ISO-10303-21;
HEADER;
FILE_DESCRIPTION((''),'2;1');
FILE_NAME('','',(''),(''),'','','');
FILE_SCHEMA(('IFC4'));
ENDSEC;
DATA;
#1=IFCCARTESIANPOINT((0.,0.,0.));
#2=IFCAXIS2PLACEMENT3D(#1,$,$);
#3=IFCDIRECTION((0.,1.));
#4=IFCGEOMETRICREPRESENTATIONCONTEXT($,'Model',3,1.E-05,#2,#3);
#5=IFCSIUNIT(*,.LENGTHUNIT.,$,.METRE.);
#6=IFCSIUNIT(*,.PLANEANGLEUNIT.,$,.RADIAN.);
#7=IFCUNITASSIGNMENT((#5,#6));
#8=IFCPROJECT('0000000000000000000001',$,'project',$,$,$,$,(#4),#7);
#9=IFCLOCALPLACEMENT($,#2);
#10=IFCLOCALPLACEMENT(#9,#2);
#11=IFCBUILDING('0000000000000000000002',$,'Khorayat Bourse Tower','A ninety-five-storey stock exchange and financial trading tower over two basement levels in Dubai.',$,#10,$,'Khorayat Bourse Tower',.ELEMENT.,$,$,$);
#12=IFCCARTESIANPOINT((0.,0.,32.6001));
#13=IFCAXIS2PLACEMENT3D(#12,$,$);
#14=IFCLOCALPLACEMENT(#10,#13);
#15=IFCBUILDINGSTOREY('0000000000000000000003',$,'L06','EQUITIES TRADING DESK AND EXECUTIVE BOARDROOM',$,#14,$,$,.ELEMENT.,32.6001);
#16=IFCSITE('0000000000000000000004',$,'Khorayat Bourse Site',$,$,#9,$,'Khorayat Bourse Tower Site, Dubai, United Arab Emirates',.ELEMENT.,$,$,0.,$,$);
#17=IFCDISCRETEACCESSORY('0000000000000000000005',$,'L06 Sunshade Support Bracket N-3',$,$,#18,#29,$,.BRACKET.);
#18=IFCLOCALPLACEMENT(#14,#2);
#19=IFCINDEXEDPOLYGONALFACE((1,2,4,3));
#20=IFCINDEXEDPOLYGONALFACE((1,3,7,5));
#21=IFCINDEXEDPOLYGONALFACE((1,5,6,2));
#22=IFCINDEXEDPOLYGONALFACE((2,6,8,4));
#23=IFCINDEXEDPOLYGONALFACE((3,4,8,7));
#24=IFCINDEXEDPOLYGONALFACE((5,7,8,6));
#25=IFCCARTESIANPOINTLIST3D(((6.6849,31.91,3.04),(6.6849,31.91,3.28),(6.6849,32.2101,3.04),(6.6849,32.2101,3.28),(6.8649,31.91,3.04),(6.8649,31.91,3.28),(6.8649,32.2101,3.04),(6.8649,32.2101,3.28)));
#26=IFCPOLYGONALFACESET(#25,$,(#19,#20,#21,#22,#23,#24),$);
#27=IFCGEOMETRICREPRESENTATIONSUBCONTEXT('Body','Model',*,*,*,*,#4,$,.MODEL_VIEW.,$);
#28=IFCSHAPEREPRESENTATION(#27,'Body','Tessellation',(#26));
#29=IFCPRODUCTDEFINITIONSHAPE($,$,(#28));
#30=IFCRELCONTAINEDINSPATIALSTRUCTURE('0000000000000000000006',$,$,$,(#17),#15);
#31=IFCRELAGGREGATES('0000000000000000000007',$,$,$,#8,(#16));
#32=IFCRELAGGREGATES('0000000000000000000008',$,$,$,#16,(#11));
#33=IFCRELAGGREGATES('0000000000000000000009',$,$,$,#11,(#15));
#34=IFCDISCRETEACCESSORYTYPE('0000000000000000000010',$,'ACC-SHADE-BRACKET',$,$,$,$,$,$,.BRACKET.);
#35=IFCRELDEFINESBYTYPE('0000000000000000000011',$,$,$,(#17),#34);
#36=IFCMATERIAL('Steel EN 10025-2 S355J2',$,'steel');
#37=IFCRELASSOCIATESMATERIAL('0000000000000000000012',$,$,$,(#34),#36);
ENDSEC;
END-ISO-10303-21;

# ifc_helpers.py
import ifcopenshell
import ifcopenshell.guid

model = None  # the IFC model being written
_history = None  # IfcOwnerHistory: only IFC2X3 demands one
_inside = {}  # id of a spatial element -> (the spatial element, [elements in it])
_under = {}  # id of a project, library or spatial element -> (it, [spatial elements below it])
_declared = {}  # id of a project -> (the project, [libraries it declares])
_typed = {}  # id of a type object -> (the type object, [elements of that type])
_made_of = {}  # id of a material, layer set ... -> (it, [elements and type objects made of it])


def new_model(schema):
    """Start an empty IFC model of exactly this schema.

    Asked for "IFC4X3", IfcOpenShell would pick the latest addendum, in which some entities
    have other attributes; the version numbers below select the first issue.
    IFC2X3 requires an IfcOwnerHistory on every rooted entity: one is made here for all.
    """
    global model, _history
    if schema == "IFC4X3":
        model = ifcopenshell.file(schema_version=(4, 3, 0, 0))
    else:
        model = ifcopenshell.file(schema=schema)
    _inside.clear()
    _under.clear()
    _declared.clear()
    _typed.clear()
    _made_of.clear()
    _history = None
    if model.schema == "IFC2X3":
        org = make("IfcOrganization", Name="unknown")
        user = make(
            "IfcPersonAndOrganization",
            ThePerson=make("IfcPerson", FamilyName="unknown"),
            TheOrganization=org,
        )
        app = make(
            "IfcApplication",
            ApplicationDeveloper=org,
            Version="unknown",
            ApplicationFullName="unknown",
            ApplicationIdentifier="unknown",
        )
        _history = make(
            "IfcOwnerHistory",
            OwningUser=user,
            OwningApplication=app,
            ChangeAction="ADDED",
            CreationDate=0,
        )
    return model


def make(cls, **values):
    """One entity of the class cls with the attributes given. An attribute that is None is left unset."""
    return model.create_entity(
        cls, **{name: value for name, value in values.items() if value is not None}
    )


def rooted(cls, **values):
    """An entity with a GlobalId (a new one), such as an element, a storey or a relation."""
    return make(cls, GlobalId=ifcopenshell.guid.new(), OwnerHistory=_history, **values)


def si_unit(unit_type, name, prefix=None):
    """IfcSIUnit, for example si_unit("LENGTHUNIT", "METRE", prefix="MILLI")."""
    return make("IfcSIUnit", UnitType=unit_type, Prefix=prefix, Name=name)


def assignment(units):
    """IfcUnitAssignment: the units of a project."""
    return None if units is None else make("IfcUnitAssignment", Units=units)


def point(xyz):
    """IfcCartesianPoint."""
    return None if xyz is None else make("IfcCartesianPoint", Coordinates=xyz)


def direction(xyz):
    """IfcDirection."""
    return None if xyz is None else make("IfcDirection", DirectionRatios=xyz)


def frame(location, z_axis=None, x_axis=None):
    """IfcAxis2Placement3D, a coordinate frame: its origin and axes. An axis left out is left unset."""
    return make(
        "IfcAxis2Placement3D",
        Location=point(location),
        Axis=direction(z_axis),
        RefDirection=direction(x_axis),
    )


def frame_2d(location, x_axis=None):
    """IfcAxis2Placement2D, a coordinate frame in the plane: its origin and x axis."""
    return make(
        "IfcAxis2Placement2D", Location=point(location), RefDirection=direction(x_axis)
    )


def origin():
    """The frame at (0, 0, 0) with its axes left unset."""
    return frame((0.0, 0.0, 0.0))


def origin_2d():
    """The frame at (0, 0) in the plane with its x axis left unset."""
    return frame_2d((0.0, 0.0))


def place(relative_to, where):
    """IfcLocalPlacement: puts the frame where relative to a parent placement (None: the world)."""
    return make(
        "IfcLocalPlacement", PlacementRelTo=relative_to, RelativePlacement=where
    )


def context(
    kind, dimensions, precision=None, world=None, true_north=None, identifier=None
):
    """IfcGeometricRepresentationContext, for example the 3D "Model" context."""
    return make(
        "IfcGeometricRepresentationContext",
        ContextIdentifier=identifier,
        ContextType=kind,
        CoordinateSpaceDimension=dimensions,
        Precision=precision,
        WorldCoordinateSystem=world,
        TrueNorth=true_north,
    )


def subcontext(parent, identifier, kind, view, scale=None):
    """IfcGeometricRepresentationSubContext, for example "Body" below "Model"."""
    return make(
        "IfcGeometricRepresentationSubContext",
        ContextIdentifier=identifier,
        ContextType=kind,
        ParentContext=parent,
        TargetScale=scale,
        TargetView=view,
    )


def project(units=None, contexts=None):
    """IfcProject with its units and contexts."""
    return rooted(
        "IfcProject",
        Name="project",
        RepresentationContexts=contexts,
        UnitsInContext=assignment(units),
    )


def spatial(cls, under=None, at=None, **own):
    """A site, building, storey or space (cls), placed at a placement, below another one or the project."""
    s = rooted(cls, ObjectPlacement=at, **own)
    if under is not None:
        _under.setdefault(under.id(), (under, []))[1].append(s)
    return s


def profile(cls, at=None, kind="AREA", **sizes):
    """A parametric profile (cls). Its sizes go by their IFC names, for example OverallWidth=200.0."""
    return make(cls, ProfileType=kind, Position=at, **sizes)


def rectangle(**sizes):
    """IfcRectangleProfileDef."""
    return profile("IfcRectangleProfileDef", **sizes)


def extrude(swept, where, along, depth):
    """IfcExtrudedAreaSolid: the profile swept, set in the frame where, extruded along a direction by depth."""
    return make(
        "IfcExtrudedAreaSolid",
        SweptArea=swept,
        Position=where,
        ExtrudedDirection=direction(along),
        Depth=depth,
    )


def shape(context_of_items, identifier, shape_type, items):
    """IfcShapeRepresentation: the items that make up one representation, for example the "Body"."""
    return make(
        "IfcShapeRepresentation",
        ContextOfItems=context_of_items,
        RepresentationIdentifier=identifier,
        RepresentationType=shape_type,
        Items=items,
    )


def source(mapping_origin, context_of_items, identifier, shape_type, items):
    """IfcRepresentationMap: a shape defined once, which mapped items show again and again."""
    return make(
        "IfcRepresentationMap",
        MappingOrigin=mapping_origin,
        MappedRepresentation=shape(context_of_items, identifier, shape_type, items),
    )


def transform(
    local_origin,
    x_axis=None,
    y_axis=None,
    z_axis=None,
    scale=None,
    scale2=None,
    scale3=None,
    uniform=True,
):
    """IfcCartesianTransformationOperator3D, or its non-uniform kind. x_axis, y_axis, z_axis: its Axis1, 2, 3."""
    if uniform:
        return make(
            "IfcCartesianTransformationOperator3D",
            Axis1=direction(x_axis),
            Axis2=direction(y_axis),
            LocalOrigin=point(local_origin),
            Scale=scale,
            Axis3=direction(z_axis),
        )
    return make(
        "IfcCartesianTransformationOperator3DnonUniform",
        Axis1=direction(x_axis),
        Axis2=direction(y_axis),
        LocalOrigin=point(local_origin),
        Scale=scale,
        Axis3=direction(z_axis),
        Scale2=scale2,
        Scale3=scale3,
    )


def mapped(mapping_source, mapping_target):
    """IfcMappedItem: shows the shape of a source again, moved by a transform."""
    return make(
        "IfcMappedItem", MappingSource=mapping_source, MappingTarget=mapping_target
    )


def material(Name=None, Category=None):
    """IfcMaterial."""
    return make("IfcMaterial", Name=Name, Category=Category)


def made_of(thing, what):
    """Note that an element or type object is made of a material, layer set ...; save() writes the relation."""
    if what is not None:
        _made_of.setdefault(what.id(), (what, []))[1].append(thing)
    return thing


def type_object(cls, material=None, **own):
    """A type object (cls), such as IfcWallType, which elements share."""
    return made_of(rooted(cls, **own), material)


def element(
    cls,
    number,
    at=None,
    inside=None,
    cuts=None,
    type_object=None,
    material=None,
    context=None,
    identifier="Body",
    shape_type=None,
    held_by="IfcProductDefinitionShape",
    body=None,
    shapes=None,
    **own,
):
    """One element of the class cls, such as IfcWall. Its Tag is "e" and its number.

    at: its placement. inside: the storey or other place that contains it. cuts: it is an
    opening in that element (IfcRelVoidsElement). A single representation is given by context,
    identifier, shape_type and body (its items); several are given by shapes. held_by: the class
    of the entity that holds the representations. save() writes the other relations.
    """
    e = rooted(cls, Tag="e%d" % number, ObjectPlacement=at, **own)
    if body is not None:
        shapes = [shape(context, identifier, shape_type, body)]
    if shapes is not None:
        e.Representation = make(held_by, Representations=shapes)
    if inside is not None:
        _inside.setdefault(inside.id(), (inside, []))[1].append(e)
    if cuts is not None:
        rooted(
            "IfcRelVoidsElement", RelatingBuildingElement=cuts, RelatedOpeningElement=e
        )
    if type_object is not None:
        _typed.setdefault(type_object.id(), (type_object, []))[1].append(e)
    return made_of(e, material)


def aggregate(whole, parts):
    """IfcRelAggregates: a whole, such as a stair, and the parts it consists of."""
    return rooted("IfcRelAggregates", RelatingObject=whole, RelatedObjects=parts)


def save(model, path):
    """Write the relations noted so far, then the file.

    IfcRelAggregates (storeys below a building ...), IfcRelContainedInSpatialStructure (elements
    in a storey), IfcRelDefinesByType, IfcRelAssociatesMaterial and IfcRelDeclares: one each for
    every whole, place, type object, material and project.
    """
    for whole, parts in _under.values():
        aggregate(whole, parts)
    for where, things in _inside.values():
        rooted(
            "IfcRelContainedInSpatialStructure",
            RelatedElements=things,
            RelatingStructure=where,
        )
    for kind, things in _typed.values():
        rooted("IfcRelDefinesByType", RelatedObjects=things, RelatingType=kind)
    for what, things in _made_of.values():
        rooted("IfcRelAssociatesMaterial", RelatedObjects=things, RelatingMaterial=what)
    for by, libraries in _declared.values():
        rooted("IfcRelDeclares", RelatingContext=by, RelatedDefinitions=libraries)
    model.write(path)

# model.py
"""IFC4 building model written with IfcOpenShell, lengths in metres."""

from ifc_helpers import new_model, si_unit, direction, frame, origin, origin_2d, place, context, subcontext, project, spatial, rectangle, extrude, source, transform, mapped, material, type_object, element, save


model = new_model("IFC4")

# Units and contexts
model_context = context("Model", 3, precision=1e-05, world=origin(), true_north=direction((0.0, 1.0)))
body_context = subcontext(model_context, "Body", "Model", "MODEL_VIEW")
ifc_project = project(units=[si_unit("LENGTHUNIT", "METRE"), si_unit("PLANEANGLEUNIT", "RADIAN")], contexts=[model_context])

# Site, building, storey
site_placement = place(None, origin())
site = spatial("IfcSite", under=ifc_project, at=site_placement, Name="Khorayat Bourse Site", LongName="Khorayat Bourse Tower Site, Dubai, United Arab Emirates", CompositionType="ELEMENT", RefElevation=0.0)
building_placement = place(site_placement, origin())
building = spatial("IfcBuilding", under=site, at=building_placement, Name="Khorayat Bourse Tower", Description="A ninety-five-storey stock exchange and financial trading tower over two basement levels in Dubai.", LongName="Khorayat Bourse Tower", CompositionType="ELEMENT")
storey_placement = place(building_placement, frame((0.0, 0.0, 32.6001)))
storey = spatial("IfcBuildingStorey", under=building, at=storey_placement, Name="L06", Description="EQUITIES TRADING DESK AND EXECUTIVE BOARDROOM", CompositionType="ELEMENT", Elevation=32.6001)

# Shared definitions
ifc_material_1 = material(Name="Steel EN 10025-2 S355J2", Category="steel")

# Discrete accessory
discrete_accessory_type = type_object("IfcDiscreteAccessoryType", Name="ACC-SHADE-BRACKET", PredefinedType="BRACKET", material=ifc_material_1)
shared_shape_1 = source(origin(), body_context, "Body", "SweptSolid", [
    extrude(rectangle(XDim=0.1799, YDim=0.3, at=origin_2d()), origin(), (0.0, 0.0, 1.0), 0.24),
])
discrete_accessory_placement = place(storey_placement, frame((6.7749, 32.0601, 3.04), z_axis=(0.0, 0.0, 1.0), x_axis=(1.0, 0.0, 0.0)))
element("IfcDiscreteAccessory", 1, at=discrete_accessory_placement, inside=storey, type_object=discrete_accessory_type, Name="L06 Sunshade Support Bracket N-3", PredefinedType="BRACKET", context=body_context, shape_type="MappedRepresentation", body=[
    mapped(shared_shape_1, transform((0.0, 0.0, 0.0), scale=1.0)),
])

save(model, "model.ifc")
